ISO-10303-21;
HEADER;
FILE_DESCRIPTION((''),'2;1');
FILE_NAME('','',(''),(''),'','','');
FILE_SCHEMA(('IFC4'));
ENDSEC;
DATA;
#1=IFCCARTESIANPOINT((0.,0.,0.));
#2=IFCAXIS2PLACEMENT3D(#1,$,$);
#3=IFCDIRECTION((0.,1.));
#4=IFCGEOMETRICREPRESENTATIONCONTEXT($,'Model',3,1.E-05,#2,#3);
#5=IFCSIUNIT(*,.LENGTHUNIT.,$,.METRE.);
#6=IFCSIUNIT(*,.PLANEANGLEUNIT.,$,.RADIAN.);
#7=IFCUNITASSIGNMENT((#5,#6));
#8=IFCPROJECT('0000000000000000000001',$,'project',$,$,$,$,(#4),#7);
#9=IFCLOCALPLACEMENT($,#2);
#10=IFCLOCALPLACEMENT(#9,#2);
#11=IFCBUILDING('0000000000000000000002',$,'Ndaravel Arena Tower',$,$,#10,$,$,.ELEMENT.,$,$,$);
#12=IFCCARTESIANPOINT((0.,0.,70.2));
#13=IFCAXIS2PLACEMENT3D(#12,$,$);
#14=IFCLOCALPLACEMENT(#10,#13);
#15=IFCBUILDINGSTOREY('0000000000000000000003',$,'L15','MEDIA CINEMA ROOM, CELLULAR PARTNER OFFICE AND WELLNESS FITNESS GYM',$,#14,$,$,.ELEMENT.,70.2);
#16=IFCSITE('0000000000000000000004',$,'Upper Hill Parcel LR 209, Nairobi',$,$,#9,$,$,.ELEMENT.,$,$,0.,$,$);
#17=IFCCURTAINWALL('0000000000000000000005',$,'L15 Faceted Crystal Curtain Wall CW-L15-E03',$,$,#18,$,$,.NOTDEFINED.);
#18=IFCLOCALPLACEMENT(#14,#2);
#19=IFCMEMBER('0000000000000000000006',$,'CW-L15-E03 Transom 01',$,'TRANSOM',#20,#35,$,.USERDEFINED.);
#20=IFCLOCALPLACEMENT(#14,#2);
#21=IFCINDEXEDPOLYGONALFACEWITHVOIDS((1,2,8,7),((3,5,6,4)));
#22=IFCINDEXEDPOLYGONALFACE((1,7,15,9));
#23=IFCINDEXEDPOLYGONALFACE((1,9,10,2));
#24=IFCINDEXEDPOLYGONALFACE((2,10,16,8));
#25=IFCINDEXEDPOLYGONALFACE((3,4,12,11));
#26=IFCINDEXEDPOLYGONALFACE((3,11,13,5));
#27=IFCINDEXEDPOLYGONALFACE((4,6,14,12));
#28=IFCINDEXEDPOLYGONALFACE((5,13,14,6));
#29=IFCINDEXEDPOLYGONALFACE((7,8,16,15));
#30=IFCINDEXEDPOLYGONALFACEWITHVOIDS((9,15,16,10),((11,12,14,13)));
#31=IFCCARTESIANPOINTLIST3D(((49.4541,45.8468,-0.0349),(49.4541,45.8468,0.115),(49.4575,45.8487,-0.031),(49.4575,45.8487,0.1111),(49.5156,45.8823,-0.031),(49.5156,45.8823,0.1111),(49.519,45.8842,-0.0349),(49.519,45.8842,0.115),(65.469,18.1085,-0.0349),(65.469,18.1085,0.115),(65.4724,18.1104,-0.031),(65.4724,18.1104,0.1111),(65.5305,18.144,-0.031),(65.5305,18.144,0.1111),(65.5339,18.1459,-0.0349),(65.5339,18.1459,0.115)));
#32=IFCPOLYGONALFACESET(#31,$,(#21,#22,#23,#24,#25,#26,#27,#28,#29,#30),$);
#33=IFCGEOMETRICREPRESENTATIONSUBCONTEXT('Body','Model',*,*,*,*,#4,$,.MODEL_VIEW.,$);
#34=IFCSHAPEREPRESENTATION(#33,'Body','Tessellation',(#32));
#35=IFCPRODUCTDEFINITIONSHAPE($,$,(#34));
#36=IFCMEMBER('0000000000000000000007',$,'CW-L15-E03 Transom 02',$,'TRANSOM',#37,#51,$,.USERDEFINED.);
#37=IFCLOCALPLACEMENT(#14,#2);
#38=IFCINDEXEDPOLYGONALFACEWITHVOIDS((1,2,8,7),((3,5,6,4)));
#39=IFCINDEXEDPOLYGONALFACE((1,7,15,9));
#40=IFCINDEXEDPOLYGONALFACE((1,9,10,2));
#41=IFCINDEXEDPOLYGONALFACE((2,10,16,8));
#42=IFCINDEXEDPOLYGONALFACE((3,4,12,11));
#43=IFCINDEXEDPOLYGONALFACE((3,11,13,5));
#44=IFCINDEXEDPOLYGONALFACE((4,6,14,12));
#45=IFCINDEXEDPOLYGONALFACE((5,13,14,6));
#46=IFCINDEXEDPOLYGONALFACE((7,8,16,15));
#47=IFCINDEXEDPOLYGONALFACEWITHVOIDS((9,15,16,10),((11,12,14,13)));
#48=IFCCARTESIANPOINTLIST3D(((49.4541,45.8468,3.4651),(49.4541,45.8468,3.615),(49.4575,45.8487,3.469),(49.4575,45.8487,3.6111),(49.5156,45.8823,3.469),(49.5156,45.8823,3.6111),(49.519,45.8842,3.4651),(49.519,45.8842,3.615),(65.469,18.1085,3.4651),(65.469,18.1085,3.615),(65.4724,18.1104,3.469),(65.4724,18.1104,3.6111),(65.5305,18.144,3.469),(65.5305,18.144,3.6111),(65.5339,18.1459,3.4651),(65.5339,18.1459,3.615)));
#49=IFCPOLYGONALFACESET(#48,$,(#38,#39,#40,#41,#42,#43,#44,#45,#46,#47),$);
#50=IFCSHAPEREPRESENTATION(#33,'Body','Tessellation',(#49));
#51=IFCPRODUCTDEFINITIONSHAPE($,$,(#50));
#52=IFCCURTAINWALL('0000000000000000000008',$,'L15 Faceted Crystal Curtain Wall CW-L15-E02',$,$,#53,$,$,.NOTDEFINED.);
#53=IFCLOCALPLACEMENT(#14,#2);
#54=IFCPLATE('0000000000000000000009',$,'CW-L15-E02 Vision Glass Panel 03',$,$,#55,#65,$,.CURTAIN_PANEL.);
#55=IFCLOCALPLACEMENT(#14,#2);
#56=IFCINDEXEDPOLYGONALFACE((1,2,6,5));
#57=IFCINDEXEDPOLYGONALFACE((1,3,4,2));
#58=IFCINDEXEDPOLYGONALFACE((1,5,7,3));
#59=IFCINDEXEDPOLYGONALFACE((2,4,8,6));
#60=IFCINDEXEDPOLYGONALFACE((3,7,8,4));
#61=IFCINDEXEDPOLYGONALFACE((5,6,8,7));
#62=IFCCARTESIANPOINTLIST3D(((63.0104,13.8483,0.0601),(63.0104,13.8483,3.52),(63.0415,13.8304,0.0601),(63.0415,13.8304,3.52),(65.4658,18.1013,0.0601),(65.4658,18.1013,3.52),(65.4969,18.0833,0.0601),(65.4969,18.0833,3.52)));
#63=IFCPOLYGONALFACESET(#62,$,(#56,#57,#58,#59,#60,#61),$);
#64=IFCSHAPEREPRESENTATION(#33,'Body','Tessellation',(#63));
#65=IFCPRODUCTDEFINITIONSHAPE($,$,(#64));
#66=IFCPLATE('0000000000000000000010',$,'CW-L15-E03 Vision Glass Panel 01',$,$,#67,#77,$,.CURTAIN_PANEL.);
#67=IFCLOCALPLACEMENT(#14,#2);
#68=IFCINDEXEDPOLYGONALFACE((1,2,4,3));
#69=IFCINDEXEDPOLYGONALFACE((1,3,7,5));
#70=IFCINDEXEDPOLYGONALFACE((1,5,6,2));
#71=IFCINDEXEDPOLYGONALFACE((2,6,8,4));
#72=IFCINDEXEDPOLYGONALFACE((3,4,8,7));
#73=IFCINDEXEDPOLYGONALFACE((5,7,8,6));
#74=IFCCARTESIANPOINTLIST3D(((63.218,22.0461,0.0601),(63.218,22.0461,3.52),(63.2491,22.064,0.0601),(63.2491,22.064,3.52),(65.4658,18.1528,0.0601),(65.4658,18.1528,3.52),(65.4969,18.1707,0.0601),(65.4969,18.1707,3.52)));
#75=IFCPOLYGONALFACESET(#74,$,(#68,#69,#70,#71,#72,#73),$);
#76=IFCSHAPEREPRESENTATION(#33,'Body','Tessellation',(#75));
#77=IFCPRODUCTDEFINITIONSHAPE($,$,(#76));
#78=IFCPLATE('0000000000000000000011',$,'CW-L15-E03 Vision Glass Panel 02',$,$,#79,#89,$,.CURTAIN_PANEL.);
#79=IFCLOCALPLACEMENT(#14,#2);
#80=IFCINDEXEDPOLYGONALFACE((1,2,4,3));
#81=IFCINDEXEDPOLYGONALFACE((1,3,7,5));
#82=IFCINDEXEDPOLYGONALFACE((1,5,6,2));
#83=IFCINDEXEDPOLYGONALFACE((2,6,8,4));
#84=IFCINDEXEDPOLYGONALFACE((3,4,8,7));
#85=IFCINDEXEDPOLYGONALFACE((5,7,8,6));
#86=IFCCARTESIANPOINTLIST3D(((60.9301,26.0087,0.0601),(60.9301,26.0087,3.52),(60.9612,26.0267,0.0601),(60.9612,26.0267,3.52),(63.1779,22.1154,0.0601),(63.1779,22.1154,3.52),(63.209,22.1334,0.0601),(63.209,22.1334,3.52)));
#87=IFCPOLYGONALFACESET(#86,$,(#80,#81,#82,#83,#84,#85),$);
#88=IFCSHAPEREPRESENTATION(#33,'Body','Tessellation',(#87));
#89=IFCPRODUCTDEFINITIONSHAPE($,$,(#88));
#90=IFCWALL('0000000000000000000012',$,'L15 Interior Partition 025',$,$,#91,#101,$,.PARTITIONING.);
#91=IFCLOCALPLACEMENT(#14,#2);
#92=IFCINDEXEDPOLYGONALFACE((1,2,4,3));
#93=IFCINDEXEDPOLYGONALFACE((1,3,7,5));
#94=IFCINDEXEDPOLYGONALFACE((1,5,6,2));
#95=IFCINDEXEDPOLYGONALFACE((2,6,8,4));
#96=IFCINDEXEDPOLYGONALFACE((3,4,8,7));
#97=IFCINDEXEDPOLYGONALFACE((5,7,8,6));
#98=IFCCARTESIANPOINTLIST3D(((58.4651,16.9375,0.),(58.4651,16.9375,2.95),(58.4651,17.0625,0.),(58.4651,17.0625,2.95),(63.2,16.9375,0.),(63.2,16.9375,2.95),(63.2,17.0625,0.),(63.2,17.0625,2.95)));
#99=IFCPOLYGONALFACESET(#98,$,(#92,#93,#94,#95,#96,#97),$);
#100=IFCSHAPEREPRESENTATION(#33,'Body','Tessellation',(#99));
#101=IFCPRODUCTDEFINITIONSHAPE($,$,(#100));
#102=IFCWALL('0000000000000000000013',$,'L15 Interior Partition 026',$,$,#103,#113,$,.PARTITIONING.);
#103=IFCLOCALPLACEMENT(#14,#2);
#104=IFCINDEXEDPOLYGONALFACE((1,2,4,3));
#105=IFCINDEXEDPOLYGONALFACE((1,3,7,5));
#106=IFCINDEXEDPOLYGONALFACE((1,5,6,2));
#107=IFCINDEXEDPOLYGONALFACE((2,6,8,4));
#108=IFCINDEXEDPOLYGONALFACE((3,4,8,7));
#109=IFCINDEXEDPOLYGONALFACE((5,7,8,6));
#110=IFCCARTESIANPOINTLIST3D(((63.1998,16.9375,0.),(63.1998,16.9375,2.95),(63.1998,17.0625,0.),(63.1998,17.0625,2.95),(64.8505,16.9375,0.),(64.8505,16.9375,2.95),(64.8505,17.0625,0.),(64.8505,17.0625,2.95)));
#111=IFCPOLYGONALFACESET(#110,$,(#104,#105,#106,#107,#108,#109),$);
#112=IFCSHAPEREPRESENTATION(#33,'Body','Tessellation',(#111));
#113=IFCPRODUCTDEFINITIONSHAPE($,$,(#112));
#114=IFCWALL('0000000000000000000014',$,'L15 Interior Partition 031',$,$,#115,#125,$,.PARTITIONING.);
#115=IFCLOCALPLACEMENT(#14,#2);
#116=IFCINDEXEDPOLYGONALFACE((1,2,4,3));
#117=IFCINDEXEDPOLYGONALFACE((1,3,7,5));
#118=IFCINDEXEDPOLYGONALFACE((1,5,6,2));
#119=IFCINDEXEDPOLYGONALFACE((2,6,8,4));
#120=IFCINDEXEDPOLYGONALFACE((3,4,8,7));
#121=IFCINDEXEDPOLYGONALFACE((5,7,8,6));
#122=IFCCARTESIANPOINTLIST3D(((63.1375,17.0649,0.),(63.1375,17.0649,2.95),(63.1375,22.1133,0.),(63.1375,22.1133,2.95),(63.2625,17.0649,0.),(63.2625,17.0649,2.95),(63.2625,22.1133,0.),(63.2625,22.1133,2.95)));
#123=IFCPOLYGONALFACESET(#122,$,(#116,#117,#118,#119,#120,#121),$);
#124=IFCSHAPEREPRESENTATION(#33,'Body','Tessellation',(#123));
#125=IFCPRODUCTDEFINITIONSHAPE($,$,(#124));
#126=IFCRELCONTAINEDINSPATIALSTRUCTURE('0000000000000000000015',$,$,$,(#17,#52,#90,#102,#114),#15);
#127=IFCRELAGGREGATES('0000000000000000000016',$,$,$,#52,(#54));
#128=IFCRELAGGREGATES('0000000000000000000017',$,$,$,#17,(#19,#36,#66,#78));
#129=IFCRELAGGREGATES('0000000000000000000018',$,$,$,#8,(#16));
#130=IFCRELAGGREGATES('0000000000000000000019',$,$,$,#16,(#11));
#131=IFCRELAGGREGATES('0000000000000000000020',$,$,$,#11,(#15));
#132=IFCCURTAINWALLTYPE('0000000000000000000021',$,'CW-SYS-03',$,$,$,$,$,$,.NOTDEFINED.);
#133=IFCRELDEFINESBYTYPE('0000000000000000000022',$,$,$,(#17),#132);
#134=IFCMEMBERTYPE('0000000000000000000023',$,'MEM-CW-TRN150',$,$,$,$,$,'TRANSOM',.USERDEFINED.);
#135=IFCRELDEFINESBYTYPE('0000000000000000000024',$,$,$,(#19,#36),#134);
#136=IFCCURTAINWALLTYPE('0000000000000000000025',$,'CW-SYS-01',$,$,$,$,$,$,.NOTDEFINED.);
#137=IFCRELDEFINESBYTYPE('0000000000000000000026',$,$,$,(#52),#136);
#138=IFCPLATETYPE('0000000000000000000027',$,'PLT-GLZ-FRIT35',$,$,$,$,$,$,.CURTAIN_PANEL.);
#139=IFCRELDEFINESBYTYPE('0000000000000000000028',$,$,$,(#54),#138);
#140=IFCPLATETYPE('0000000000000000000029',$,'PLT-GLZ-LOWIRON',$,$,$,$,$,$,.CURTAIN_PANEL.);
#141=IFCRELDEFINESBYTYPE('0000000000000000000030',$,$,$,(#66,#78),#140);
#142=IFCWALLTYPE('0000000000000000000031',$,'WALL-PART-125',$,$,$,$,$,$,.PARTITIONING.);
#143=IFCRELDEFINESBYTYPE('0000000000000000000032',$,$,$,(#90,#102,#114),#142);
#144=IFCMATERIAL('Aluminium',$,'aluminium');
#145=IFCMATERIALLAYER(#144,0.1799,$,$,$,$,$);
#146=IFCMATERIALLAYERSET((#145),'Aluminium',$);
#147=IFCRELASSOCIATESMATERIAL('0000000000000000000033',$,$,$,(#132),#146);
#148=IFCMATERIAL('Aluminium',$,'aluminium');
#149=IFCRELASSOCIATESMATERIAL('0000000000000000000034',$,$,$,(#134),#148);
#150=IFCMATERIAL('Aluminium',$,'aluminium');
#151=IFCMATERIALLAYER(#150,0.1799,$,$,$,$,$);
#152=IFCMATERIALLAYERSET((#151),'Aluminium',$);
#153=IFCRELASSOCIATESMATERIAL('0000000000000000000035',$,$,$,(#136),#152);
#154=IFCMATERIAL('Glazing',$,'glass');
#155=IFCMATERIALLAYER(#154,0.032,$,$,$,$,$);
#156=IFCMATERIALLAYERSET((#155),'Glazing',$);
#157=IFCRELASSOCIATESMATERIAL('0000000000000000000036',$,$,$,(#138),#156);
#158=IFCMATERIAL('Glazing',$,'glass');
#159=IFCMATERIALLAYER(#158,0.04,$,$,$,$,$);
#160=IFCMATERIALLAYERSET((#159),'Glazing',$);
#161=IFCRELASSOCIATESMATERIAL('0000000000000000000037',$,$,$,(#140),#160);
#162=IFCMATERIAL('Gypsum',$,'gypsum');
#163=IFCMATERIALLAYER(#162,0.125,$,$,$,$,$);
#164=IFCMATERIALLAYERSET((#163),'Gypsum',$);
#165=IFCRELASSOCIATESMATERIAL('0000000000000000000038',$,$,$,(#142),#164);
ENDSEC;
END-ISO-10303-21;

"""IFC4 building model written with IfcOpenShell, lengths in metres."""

from ifc_helpers import new_model, si_unit, direction, frame, frame_2d, origin, origin_2d, place, context, subcontext, project, spatial, rectangle, hollow_rectangle, extrude, material, layer, layer_set, material_profile, profile_set, type_object, element, aggregate, save


model = new_model("IFC4")

# Units and contexts
model_context = context("Model", 3, precision=1e-05, world=origin(), true_north=direction((0.0, 1.0)))
body_context = subcontext(model_context, "Body", "Model", "MODEL_VIEW")
ifc_project = project(units=[si_unit("LENGTHUNIT", "METRE"), si_unit("PLANEANGLEUNIT", "RADIAN")], contexts=[model_context])

# Site, building, storey
site_placement = place(None, origin())
site = spatial("IfcSite", under=ifc_project, at=site_placement, Name="Upper Hill Parcel LR 209, Nairobi", CompositionType="ELEMENT", RefElevation=0.0)
building_placement = place(site_placement, origin())
building = spatial("IfcBuilding", under=site, at=building_placement, Name="Ndaravel Arena Tower", CompositionType="ELEMENT")
storey_placement = place(building_placement, frame((0.0, 0.0, 70.2)))
storey = spatial("IfcBuildingStorey", under=building, at=storey_placement, Name="L15", Description="MEDIA CINEMA ROOM, CELLULAR PARTNER OFFICE AND WELLNESS FITNESS GYM", CompositionType="ELEMENT", Elevation=70.2)

# Curtain wall, members
ifc_material_1 = material(Name="Aluminium", Category="aluminium")
ifc_layer_1 = layer(ifc_material_1, 0.1799)
ifc_layer_set_1 = layer_set([ifc_layer_1], Name="Aluminium")
curtain_wall_type_1 = type_object("IfcCurtainWallType", Name="CW-SYS-03", PredefinedType="NOTDEFINED", material=ifc_layer_set_1)
curtain_wall_1_placement = place(storey_placement, origin())
curtain_wall_1 = element("IfcCurtainWall", 1, at=curtain_wall_1_placement, inside=storey, type_object=curtain_wall_type_1, Name="L15 Faceted Crystal Curtain Wall CW-L15-E03", PredefinedType="NOTDEFINED")
ifc_material_2 = material(Name="Aluminium", Category="aluminium")
ifc_material_profile_1 = material_profile(ifc_material_2, hollow_rectangle(XDim=0.075, YDim=0.1499, WallThickness=0.0039, at=origin_2d()), Name="CW TRANSOM 75x150x4")
ifc_profile_set_1 = profile_set([ifc_material_profile_1], Name="Aluminium")
member_type_1 = type_object("IfcMemberType", Name="MEM-CW-TRN150", ElementType="TRANSOM", PredefinedType="USERDEFINED", material=ifc_profile_set_1)
member_1_placement = place(storey_placement, frame((65.5015, 18.1272, 0.04), z_axis=(-0.500004, 0.866023, 0.0), x_axis=(-0.866023, -0.500004, 0.0)))
member_1 = element("IfcMember", 2, at=member_1_placement, type_object=member_type_1, Name="CW-L15-E03 Transom 01", ObjectType="TRANSOM", PredefinedType="USERDEFINED", context=body_context, shape_type="SweptSolid", body=[
    extrude(hollow_rectangle(XDim=0.075, YDim=0.1499, WallThickness=0.0039, at=origin_2d()), origin(), (0.0, 0.0, 1.0), 32.0295),
])
member_2_placement = place(storey_placement, frame((65.5015, 18.1272, 3.54), z_axis=(-0.500004, 0.866023, 0.0), x_axis=(-0.866023, -0.500004, 0.0)))
member_2 = element("IfcMember", 3, at=member_2_placement, type_object=member_type_1, Name="CW-L15-E03 Transom 02", ObjectType="TRANSOM", PredefinedType="USERDEFINED", context=body_context, shape_type="SweptSolid", body=[
    extrude(hollow_rectangle(XDim=0.075, YDim=0.1499, WallThickness=0.0039, at=origin_2d()), origin(), (0.0, 0.0, 1.0), 32.0295),
])

# Curtain wall, plate
ifc_material_3 = material(Name="Aluminium", Category="aluminium")
ifc_layer_2 = layer(ifc_material_3, 0.1799)
ifc_layer_set_2 = layer_set([ifc_layer_2], Name="Aluminium")
curtain_wall_type_2 = type_object("IfcCurtainWallType", Name="CW-SYS-01", PredefinedType="NOTDEFINED", material=ifc_layer_set_2)
curtain_wall_2_placement = place(storey_placement, origin())
curtain_wall_2 = element("IfcCurtainWall", 4, at=curtain_wall_2_placement, inside=storey, type_object=curtain_wall_type_2, Name="L15 Faceted Crystal Curtain Wall CW-L15-E02", PredefinedType="NOTDEFINED")
ifc_material_4 = material(Name="Glazing", Category="glass")
ifc_layer_3 = layer(ifc_material_4, 0.032)
ifc_layer_set_3 = layer_set([ifc_layer_3], Name="Glazing")
plate_type_1 = type_object("IfcPlateType", Name="PLT-GLZ-FRIT35", PredefinedType="CURTAIN_PANEL", material=ifc_layer_set_3)
plate_1_placement = place(storey_placement, frame((64.2537, 15.9658, 0.0601), z_axis=(0.0, 0.0, 1.0), x_axis=(0.5, 0.866025, 0.0)))
plate_1 = element("IfcPlate", 5, at=plate_1_placement, type_object=plate_type_1, Name="CW-L15-E02 Vision Glass Panel 03", PredefinedType="CURTAIN_PANEL", context=body_context, shape_type="SweptSolid", body=[
    extrude(rectangle(XDim=4.9109, YDim=0.0359, at=origin_2d()), origin(), (0.0, 0.0, 1.0), 3.46),
])
aggregate(curtain_wall_2, [plate_1])

# Plates
ifc_material_5 = material(Name="Glazing", Category="glass")
ifc_layer_4 = layer(ifc_material_5, 0.04)
ifc_layer_set_4 = layer_set([ifc_layer_4], Name="Glazing")
plate_type_2 = type_object("IfcPlateType", Name="PLT-GLZ-LOWIRON", PredefinedType="CURTAIN_PANEL", material=ifc_layer_set_4)
plate_2_placement = place(storey_placement, frame((64.3574, 20.1084, 0.0601), z_axis=(0.0, 0.0, 1.0), x_axis=(-0.5, 0.866025, 0.0)))
plate_2 = element("IfcPlate", 6, at=plate_2_placement, type_object=plate_type_2, Name="CW-L15-E03 Vision Glass Panel 01", PredefinedType="CURTAIN_PANEL", context=body_context, shape_type="SweptSolid", body=[
    extrude(rectangle(XDim=4.4956, YDim=0.0359, at=origin_2d()), origin(), (0.0, 0.0, 1.0), 3.46),
])
plate_3_placement = place(storey_placement, frame((62.0696, 24.071, 0.0601), z_axis=(0.0, 0.0, 1.0), x_axis=(-0.5, 0.866025, 0.0)))
plate_3 = element("IfcPlate", 7, at=plate_3_placement, type_object=plate_type_2, Name="CW-L15-E03 Vision Glass Panel 02", PredefinedType="CURTAIN_PANEL", context=body_context, shape_type="SweptSolid", body=[
    extrude(rectangle(XDim=4.4956, YDim=0.0359, at=origin_2d()), origin(), (0.0, 0.0, 1.0), 3.46),
])
aggregate(curtain_wall_1, [member_1, member_2, plate_2, plate_3])

# Walls
ifc_material_6 = material(Name="Gypsum", Category="gypsum")
ifc_layer_5 = layer(ifc_material_6, 0.125)
ifc_layer_set_5 = layer_set([ifc_layer_5], Name="Gypsum")
wall_type = type_object("IfcWallType", Name="WALL-PART-125", PredefinedType="PARTITIONING", material=ifc_layer_set_5)
wall_1_placement = place(storey_placement, frame((58.4651, 17.0, 0.0), z_axis=(0.0, 0.0, 1.0), x_axis=(1.0, 0.0, 0.0)))
element("IfcWall", 8, at=wall_1_placement, inside=storey, type_object=wall_type, Name="L15 Interior Partition 025", PredefinedType="PARTITIONING", context=body_context, shape_type="SweptSolid", body=[
    extrude(rectangle(XDim=4.7349, YDim=0.125, at=frame_2d((2.3674, 0.0))), origin(), (0.0, 0.0, 1.0), 2.95),
])
wall_2_placement = place(storey_placement, frame((63.2, 17.0, 0.0), z_axis=(0.0, 0.0, 1.0), x_axis=(1.0, 0.0, 0.0)))
element("IfcWall", 9, at=wall_2_placement, inside=storey, type_object=wall_type, Name="L15 Interior Partition 026", PredefinedType="PARTITIONING", context=body_context, shape_type="SweptSolid", body=[
    extrude(rectangle(XDim=1.6506, YDim=0.125, at=frame_2d((0.8252, 0.0))), origin(), (0.0, 0.0, 1.0), 2.95),
])
wall_3_placement = place(storey_placement, frame((63.2, 22.1133, 0.0), z_axis=(0.0, 0.0, 1.0), x_axis=(0.0, -1.0, 0.0)))
element("IfcWall", 10, at=wall_3_placement, inside=storey, type_object=wall_type, Name="L15 Interior Partition 031", PredefinedType="PARTITIONING", context=body_context, shape_type="SweptSolid", body=[
    extrude(rectangle(XDim=5.0483, YDim=0.125, at=frame_2d((2.5242, 0.0))), origin(), (0.0, 0.0, 1.0), 2.95),
])

save(model, "model.ifc")
